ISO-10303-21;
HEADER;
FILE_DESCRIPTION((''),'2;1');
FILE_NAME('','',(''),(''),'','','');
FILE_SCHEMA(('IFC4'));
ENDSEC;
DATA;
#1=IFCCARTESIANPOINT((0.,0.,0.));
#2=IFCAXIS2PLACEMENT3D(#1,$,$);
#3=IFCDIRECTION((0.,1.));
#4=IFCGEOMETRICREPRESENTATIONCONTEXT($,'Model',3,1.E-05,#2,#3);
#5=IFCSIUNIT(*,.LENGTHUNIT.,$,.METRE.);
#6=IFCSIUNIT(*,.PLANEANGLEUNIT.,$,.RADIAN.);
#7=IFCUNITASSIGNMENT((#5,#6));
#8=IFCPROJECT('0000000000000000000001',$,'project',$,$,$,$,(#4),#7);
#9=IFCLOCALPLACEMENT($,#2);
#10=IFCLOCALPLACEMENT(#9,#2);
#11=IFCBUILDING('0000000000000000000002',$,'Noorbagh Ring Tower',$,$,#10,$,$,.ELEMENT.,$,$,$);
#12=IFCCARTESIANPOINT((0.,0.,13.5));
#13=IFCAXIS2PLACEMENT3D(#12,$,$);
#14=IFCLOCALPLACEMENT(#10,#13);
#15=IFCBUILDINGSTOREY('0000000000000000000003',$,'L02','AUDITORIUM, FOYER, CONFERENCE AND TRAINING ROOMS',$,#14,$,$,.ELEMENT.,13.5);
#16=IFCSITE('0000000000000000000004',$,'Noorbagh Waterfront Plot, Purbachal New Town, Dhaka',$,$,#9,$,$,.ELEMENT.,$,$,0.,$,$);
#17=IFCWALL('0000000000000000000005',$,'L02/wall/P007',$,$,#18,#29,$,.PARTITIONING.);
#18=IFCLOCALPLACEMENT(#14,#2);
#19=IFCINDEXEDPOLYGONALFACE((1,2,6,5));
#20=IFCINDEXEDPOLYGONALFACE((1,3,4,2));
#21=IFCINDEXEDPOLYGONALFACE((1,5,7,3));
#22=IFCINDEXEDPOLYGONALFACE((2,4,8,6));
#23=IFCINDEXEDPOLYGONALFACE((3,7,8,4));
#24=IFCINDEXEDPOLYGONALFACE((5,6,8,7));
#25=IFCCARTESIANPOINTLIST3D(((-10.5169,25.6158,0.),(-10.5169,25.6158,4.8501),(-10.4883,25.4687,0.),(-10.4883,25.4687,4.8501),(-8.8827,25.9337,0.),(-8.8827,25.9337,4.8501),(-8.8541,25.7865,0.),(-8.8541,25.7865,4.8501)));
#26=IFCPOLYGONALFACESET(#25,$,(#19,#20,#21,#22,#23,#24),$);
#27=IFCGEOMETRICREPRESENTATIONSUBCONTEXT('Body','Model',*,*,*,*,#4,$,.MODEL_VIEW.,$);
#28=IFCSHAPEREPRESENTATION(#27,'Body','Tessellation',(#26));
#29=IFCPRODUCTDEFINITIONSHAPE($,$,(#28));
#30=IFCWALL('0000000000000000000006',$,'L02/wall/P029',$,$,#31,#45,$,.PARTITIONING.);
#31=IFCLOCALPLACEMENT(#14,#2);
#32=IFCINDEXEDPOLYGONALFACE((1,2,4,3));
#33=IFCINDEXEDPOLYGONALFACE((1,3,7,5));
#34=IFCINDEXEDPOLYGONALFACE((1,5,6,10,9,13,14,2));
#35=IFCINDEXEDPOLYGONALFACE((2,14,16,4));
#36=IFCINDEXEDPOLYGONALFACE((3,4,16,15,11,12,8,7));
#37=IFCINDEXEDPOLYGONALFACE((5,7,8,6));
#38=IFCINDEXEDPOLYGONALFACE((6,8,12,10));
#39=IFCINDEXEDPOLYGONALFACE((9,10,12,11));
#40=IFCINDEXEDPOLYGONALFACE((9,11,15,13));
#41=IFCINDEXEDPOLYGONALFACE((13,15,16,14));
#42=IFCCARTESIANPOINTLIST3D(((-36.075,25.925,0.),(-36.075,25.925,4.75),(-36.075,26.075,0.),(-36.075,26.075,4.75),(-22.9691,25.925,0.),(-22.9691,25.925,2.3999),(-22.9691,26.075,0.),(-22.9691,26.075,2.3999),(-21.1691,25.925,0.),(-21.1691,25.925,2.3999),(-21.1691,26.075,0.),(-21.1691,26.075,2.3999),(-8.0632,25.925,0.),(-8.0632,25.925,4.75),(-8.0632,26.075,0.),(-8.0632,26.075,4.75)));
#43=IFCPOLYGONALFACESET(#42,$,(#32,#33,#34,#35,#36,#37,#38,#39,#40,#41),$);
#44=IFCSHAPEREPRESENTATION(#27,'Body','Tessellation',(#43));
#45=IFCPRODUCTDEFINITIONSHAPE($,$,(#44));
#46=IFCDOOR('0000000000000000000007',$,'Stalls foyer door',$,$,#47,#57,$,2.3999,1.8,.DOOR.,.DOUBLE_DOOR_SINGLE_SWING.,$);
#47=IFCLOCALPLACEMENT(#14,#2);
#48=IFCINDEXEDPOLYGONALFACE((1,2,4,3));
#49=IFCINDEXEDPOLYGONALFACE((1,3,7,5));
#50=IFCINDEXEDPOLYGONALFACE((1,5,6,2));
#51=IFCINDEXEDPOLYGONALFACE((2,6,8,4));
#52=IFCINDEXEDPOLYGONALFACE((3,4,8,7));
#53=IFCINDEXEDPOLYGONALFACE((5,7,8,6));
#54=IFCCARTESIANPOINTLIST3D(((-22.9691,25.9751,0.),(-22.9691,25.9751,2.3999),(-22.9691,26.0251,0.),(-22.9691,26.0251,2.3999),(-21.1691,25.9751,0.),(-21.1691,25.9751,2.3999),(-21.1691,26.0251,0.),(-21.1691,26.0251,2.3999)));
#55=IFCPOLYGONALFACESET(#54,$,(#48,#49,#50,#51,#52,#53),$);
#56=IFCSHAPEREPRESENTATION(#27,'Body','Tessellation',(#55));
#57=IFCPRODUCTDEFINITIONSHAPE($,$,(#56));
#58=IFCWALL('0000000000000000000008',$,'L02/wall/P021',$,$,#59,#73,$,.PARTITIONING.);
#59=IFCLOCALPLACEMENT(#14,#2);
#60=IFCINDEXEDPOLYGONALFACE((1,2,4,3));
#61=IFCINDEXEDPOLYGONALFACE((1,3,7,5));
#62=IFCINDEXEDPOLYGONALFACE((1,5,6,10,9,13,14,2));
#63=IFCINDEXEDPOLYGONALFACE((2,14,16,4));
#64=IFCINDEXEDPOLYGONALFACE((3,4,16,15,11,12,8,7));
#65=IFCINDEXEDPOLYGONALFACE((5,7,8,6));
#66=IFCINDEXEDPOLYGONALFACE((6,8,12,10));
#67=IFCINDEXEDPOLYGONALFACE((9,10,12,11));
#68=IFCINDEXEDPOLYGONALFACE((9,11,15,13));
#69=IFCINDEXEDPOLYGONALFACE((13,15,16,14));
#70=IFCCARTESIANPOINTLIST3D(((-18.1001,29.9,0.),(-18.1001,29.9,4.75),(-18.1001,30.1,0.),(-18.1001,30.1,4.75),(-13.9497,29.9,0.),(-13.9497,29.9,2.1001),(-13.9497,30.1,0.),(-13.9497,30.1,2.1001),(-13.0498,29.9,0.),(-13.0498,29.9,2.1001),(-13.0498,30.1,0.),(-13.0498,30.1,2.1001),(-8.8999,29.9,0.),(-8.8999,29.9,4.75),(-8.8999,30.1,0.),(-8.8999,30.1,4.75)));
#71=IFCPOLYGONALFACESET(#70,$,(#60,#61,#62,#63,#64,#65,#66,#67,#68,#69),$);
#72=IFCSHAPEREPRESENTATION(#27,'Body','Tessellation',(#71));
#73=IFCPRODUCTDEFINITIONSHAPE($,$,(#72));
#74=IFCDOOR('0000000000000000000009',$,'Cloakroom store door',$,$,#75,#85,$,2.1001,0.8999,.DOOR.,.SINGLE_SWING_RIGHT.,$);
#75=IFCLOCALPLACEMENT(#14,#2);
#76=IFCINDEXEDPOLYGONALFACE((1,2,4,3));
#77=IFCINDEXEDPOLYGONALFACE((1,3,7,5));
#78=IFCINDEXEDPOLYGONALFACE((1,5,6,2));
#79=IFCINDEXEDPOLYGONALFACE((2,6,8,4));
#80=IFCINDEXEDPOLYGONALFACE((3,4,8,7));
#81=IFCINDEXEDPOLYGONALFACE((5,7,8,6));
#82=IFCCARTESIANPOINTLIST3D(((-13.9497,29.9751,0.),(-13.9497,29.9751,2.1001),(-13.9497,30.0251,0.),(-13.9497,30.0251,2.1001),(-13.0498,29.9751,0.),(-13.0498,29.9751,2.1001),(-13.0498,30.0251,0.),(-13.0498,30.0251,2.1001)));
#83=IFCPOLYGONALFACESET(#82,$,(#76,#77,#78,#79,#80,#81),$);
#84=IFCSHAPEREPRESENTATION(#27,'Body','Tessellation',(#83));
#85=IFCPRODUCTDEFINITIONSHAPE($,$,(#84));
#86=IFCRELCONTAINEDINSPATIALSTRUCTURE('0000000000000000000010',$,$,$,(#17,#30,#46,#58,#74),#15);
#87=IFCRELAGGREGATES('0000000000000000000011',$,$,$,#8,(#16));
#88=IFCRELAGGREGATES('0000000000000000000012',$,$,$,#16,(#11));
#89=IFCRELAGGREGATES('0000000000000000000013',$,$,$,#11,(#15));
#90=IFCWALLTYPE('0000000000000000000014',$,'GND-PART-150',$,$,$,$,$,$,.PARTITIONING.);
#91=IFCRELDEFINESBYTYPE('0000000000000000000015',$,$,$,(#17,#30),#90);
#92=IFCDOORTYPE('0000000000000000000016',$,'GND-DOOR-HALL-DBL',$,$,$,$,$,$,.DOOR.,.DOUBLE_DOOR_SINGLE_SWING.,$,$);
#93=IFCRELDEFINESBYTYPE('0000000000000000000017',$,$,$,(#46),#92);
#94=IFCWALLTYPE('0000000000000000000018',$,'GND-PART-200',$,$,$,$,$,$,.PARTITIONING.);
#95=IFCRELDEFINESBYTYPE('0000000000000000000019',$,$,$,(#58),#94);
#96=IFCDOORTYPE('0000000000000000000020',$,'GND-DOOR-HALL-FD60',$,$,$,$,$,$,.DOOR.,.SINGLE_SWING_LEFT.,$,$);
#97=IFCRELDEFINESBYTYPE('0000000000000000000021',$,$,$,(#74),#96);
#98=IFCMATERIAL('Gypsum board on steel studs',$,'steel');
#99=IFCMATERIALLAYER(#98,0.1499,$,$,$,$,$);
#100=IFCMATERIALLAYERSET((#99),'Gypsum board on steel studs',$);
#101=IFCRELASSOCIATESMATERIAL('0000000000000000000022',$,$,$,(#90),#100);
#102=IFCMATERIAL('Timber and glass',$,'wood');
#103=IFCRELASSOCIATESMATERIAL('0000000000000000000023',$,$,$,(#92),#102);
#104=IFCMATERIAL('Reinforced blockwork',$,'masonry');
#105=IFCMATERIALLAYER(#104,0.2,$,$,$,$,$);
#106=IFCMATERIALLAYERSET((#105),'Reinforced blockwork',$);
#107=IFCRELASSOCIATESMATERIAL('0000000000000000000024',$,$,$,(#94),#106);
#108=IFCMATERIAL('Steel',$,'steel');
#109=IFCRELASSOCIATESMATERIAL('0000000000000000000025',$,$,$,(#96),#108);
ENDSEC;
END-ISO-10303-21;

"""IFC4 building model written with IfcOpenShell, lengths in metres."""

from ifc_helpers import new_model, si_unit, direction, frame, frame_2d, origin, place, context, subcontext, project, spatial, rectangle, extrude, material, layer, layer_set, type_object, element, fill, save


model = new_model("IFC4")

# Units and contexts
model_context = context("Model", 3, precision=1e-05, world=origin(), true_north=direction((0.0, 1.0)))
body_context = subcontext(model_context, "Body", "Model", "MODEL_VIEW")
ifc_project = project(units=[si_unit("LENGTHUNIT", "METRE"), si_unit("PLANEANGLEUNIT", "RADIAN")], contexts=[model_context])

# Site, building, storey
site_placement = place(None, origin())
site = spatial("IfcSite", under=ifc_project, at=site_placement, Name="Noorbagh Waterfront Plot, Purbachal New Town, Dhaka", CompositionType="ELEMENT", RefElevation=0.0)
building_placement = place(site_placement, origin())
building = spatial("IfcBuilding", under=site, at=building_placement, Name="Noorbagh Ring Tower", CompositionType="ELEMENT")
storey_placement = place(building_placement, frame((0.0, 0.0, 13.5)))
storey = spatial("IfcBuildingStorey", under=building, at=storey_placement, Name="L02", Description="AUDITORIUM, FOYER, CONFERENCE AND TRAINING ROOMS", CompositionType="ELEMENT", Elevation=13.5)

# Wall
ifc_material_1 = material(Name="Gypsum board on steel studs", Category="steel")
ifc_layer_1 = layer(ifc_material_1, 0.1499)
ifc_layer_set_1 = layer_set([ifc_layer_1], Name="Gypsum board on steel studs")
wall_type_1 = type_object("IfcWallType", Name="GND-PART-150", PredefinedType="PARTITIONING", material=ifc_layer_set_1)
wall_1_placement = place(storey_placement, frame((-10.5027, 25.5422, 0.0), z_axis=(0.0, 0.0, 1.0), x_axis=(0.981605, 0.190925, 0.0)))
element("IfcWall", 1, at=wall_1_placement, inside=storey, type_object=wall_type_1, Name="L02/wall/P007", PredefinedType="PARTITIONING", context=body_context, shape_type="SweptSolid", body=[
    extrude(rectangle(XDim=1.6648, YDim=0.1499, at=frame_2d((0.8325, 0.0))), origin(), (0.0, 0.0, 1.0), 4.8501),
])

# Walls, openings, doors
wall_2_placement = place(storey_placement, frame((-8.0632, 26.0, 0.0), z_axis=(0.0, 0.0, 1.0), x_axis=(-1.0, 0.0, 0.0)))
wall_2 = element("IfcWall", 2, at=wall_2_placement, inside=storey, type_object=wall_type_1, Name="L02/wall/P029", PredefinedType="PARTITIONING", context=body_context, shape_type="SweptSolid", body=[
    extrude(rectangle(XDim=28.0117, YDim=0.1499, at=frame_2d((14.0059, 0.0))), origin(), (0.0, 0.0, 1.0), 4.75),
])
opening_1_placement = place(wall_2_placement, frame((13.106, 0.0, 0.0)))
opening_1 = element("IfcOpeningElement", 3, at=opening_1_placement, cuts=wall_2, PredefinedType="OPENING", context=body_context, shape_type="SweptSolid", body=[
    extrude(rectangle(XDim=1.8, YDim=2.3999, at=frame_2d((0.8999, 1.2))), frame((0.0, 0.085, 0.0), z_axis=(0.0, -1.0, 0.0), x_axis=(1.0, 0.0, 0.0)), (0.0, 0.0, 1.0), 0.1699),
])
ifc_material_2 = material(Name="Timber and glass", Category="wood")
door_type_1 = type_object("IfcDoorType", Name="GND-DOOR-HALL-DBL", OperationType="DOUBLE_DOOR_SINGLE_SWING", PredefinedType="DOOR", material=ifc_material_2)
door_1_placement = place(opening_1_placement, origin())
door_1 = element("IfcDoor", 4, at=door_1_placement, inside=storey, type_object=door_type_1, Name="Stalls foyer door", OperationType="DOUBLE_DOOR_SINGLE_SWING", OverallHeight=2.3999, OverallWidth=1.8, PredefinedType="DOOR", context=body_context, shape_type="SweptSolid", body=[
    extrude(rectangle(XDim=1.8, YDim=2.3999, at=frame_2d((0.8999, 1.2))), frame((0.0, 0.0249, 0.0), z_axis=(0.0, -1.0, 0.0), x_axis=(1.0, 0.0, 0.0)), (0.0, 0.0, 1.0), 0.05),
])
fill(opening_1, door_1)
ifc_material_3 = material(Name="Reinforced blockwork", Category="masonry")
ifc_layer_2 = layer(ifc_material_3, 0.2)
ifc_layer_set_2 = layer_set([ifc_layer_2], Name="Reinforced blockwork")
wall_type_2 = type_object("IfcWallType", Name="GND-PART-200", PredefinedType="PARTITIONING", material=ifc_layer_set_2)
wall_3_placement = place(storey_placement, frame((-8.8999, 30.0, 0.0), z_axis=(0.0, 0.0, 1.0), x_axis=(-1.0, 0.0, 0.0)))
wall_3 = element("IfcWall", 5, at=wall_3_placement, inside=storey, type_object=wall_type_2, Name="L02/wall/P021", PredefinedType="PARTITIONING", context=body_context, shape_type="SweptSolid", body=[
    extrude(rectangle(XDim=9.2002, YDim=0.2, at=frame_2d((4.6001, 0.0))), origin(), (0.0, 0.0, 1.0), 4.75),
])
opening_2_placement = place(wall_3_placement, frame((4.1499, 0.0, 0.0)))
opening_2 = element("IfcOpeningElement", 6, at=opening_2_placement, cuts=wall_3, PredefinedType="OPENING", context=body_context, shape_type="SweptSolid", body=[
    extrude(rectangle(XDim=0.8999, YDim=2.1001, at=frame_2d((0.45, 1.05))), frame((0.0, 0.1099, 0.0), z_axis=(0.0, -1.0, 0.0), x_axis=(1.0, 0.0, 0.0)), (0.0, 0.0, 1.0), 0.22),
])
ifc_material_4 = material(Name="Steel", Category="steel")
door_type_2 = type_object("IfcDoorType", Name="GND-DOOR-HALL-FD60", OperationType="SINGLE_SWING_LEFT", PredefinedType="DOOR", material=ifc_material_4)
door_2_placement = place(opening_2_placement, origin())
door_2 = element("IfcDoor", 7, at=door_2_placement, inside=storey, type_object=door_type_2, Name="Cloakroom store door", OperationType="SINGLE_SWING_RIGHT", OverallHeight=2.1001, OverallWidth=0.8999, PredefinedType="DOOR", context=body_context, shape_type="SweptSolid", body=[
    extrude(rectangle(XDim=0.8999, YDim=2.1001, at=frame_2d((0.45, 1.05))), frame((0.0, 0.0249, 0.0), z_axis=(0.0, -1.0, 0.0), x_axis=(1.0, 0.0, 0.0)), (0.0, 0.0, 1.0), 0.05),
])
fill(opening_2, door_2)

save(model, "model.ifc")
